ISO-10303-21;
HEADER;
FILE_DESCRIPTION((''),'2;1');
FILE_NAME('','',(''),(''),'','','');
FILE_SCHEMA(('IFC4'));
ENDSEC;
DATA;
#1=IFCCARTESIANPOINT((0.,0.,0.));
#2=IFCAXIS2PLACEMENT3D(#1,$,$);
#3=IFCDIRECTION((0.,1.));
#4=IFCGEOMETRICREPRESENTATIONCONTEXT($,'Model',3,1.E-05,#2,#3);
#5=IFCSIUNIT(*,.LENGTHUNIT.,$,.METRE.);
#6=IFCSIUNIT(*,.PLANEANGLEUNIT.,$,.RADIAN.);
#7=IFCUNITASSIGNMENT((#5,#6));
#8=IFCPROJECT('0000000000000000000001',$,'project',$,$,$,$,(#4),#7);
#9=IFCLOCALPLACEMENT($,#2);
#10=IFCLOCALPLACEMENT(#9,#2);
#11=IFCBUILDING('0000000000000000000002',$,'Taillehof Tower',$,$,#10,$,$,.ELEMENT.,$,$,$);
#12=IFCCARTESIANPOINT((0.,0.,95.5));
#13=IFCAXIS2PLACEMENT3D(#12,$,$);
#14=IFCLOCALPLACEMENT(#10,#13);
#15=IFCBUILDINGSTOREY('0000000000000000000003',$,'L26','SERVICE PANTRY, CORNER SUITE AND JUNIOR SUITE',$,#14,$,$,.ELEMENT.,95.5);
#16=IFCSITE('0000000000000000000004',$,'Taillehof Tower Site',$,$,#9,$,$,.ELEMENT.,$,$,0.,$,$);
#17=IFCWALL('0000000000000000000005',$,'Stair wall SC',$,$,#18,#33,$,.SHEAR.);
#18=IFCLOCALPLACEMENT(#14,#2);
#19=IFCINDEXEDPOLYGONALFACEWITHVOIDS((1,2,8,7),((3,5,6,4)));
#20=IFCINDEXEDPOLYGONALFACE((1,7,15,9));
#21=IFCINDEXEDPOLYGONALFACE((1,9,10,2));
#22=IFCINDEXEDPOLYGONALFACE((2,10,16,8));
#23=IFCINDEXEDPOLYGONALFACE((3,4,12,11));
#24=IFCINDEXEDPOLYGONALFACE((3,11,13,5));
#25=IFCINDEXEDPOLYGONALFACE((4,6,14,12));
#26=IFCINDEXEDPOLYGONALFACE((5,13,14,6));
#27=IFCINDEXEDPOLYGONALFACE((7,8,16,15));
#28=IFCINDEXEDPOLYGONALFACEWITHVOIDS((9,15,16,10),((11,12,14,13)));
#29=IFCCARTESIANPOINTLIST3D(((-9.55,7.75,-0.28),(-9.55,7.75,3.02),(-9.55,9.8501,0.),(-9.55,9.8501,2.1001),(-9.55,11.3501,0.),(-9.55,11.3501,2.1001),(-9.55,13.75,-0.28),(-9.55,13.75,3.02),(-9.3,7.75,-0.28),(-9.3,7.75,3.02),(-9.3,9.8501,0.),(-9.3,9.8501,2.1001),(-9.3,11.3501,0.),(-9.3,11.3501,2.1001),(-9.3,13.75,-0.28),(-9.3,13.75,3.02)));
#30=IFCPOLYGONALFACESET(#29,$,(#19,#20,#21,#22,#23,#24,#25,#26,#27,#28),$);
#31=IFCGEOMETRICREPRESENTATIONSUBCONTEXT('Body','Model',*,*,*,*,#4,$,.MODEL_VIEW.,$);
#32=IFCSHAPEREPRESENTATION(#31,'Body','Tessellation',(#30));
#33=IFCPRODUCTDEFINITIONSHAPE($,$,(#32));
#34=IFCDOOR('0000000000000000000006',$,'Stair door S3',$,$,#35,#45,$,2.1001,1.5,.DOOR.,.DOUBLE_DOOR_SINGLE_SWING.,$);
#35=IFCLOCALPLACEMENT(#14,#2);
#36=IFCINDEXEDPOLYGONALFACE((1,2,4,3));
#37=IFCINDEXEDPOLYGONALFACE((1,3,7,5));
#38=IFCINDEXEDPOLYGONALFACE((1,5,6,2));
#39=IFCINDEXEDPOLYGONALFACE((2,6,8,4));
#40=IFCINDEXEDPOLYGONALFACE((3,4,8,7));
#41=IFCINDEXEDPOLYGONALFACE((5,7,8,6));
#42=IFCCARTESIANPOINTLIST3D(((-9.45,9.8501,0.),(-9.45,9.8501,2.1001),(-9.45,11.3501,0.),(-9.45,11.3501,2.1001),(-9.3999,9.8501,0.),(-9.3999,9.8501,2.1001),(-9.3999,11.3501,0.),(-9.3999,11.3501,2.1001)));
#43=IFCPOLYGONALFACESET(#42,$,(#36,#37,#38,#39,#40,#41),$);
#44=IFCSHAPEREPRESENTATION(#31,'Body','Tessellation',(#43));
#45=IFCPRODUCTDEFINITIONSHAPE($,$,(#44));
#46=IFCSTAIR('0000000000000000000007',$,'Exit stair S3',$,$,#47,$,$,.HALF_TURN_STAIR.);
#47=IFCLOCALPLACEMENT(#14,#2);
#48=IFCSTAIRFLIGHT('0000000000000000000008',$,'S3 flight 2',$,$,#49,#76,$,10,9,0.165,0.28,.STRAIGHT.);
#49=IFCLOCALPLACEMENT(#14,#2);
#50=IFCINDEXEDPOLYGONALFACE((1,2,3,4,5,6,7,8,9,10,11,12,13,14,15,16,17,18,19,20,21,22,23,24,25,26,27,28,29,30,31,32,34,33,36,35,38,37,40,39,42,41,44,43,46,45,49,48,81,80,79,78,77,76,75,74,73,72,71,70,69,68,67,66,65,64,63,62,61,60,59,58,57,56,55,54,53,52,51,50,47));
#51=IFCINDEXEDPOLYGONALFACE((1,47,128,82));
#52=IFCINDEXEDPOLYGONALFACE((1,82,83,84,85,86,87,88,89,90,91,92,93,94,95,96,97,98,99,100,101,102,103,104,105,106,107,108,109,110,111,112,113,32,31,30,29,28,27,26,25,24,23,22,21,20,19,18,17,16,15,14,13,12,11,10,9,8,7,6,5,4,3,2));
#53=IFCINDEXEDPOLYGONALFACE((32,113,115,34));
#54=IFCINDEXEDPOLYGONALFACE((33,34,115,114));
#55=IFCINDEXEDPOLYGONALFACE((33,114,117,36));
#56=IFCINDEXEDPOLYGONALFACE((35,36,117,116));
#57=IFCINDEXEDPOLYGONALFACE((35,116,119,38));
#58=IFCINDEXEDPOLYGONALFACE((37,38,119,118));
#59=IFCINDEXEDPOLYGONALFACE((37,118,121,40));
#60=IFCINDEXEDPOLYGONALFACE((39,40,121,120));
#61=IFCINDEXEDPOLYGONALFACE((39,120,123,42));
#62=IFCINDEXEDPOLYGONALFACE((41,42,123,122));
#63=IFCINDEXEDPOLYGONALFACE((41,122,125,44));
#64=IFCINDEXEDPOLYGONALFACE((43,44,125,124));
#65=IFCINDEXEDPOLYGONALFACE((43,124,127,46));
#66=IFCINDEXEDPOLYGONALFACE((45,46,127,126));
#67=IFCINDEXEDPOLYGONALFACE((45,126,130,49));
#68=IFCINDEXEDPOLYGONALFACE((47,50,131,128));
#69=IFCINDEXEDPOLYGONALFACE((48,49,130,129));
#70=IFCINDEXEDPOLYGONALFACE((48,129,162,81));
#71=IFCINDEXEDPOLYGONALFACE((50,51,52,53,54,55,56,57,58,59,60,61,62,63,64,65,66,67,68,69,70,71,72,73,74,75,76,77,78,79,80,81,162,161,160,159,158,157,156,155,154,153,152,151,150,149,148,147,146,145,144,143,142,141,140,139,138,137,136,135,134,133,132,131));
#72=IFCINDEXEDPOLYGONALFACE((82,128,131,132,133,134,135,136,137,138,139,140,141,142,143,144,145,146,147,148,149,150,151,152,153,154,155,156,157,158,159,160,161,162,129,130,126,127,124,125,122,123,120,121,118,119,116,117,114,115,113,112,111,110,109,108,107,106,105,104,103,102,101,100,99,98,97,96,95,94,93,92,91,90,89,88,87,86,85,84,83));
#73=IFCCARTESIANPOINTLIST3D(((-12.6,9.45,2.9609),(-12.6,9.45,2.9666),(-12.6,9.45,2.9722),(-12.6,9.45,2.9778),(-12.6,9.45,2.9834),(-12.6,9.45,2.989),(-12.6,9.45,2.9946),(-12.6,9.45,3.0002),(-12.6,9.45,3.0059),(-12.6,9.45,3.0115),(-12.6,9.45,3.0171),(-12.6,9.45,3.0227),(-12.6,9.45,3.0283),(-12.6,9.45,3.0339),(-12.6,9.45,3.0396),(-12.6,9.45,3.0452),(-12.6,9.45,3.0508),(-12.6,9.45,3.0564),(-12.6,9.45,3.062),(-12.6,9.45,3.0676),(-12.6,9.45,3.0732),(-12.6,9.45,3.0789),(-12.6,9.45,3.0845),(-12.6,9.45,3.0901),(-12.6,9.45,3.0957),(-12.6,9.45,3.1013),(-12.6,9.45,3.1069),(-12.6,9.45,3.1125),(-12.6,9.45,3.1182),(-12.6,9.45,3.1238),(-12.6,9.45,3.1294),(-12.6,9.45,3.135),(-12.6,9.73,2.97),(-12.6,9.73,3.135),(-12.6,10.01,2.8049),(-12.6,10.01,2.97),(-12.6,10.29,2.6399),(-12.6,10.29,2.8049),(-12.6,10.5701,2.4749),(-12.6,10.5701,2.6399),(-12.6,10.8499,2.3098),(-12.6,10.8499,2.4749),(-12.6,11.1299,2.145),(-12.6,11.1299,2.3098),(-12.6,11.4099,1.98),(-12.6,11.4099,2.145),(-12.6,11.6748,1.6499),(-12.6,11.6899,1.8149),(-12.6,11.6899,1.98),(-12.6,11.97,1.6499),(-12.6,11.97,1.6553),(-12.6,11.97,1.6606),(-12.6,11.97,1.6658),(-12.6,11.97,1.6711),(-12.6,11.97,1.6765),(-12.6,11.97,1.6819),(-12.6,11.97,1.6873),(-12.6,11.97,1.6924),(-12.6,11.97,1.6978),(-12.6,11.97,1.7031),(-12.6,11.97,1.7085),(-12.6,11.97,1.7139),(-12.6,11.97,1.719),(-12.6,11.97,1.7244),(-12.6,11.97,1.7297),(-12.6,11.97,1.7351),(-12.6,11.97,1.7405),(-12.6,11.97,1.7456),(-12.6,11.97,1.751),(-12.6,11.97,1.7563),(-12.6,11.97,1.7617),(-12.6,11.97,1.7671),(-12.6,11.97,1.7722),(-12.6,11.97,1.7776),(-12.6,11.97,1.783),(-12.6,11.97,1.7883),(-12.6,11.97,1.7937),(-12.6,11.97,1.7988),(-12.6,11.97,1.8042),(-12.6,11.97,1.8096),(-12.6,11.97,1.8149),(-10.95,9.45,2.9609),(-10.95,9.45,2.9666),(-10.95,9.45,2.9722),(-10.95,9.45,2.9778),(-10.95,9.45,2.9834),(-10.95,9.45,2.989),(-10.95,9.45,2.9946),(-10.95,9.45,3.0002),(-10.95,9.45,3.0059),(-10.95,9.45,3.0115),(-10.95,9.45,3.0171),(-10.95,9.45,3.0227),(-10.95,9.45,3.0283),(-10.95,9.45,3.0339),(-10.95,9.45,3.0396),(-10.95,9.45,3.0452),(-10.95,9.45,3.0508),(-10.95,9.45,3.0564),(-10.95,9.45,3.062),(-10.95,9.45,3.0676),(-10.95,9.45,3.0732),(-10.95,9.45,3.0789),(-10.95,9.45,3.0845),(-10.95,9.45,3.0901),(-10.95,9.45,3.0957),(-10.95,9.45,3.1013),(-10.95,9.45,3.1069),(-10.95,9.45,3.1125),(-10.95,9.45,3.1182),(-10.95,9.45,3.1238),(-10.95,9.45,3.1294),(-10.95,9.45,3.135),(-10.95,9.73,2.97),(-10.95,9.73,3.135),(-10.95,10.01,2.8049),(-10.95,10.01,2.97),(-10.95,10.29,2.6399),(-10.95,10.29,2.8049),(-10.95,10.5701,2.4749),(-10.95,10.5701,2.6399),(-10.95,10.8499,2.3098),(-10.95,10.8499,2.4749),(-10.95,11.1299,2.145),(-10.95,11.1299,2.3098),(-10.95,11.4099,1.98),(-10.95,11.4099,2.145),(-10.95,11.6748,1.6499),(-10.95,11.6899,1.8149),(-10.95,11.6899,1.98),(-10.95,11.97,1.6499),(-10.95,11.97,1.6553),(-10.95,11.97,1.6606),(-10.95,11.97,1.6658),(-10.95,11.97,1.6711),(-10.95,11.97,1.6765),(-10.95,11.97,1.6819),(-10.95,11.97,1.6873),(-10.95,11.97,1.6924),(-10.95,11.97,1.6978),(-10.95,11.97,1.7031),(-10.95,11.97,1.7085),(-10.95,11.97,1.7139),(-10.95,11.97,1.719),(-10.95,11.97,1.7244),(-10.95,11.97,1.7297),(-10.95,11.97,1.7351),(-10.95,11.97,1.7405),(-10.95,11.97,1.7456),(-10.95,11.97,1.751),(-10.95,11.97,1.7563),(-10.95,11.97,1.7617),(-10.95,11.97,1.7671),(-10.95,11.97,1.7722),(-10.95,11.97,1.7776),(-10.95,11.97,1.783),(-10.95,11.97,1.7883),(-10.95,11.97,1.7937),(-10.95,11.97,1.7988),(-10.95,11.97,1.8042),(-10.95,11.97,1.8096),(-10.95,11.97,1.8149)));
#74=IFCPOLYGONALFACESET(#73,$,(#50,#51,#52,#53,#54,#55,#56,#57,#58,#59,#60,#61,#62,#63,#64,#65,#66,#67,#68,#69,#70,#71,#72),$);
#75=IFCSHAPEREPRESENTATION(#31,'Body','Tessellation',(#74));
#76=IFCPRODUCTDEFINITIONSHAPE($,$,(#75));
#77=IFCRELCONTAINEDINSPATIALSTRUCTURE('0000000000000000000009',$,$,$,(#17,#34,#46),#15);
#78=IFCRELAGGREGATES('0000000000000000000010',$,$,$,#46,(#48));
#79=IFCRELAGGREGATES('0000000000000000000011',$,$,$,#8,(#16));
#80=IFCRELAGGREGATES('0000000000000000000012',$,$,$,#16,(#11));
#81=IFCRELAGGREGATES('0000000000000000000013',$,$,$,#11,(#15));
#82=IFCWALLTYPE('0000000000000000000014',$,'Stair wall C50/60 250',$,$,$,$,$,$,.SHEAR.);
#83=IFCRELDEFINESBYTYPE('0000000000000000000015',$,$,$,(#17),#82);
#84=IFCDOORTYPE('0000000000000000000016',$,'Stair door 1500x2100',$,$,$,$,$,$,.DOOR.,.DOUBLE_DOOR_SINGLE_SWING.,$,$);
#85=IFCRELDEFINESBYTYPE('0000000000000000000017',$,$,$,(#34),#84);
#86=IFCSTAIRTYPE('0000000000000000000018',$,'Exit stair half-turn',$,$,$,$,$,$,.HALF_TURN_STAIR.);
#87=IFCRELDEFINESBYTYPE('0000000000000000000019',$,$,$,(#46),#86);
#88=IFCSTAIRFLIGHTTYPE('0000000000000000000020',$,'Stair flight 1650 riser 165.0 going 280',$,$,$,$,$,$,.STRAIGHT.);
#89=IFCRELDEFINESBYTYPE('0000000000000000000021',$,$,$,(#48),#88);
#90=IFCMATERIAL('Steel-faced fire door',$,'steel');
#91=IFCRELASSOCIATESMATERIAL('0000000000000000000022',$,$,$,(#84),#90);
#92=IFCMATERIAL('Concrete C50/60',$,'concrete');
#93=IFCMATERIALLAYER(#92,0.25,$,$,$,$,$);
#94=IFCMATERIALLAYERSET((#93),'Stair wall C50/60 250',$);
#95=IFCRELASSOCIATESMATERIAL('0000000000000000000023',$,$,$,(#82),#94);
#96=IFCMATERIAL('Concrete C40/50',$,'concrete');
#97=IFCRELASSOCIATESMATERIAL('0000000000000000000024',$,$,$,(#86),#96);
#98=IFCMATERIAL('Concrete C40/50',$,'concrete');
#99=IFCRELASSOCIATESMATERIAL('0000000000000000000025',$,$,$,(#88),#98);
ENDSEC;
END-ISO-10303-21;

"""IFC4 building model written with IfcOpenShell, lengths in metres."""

from ifc_helpers import new_model, si_unit, direction, frame, frame_2d, origin, place, context, subcontext, project, spatial, polyline, rectangle, outline, extrude, material, layer, layer_set, type_object, element, fill, aggregate, save


model = new_model("IFC4")

# Units and contexts
model_context = context("Model", 3, precision=1e-05, world=origin(), true_north=direction((0.0, 1.0)))
body_context = subcontext(model_context, "Body", "Model", "MODEL_VIEW")
ifc_project = project(units=[si_unit("LENGTHUNIT", "METRE"), si_unit("PLANEANGLEUNIT", "RADIAN")], contexts=[model_context])

# Site, building, storey
site_placement = place(None, origin())
site = spatial("IfcSite", under=ifc_project, at=site_placement, Name="Taillehof Tower Site", CompositionType="ELEMENT", RefElevation=0.0)
building_placement = place(site_placement, origin())
building = spatial("IfcBuilding", under=site, at=building_placement, Name="Taillehof Tower", CompositionType="ELEMENT")
storey_placement = place(building_placement, frame((0.0, 0.0, 95.5)))
storey = spatial("IfcBuildingStorey", under=building, at=storey_placement, Name="L26", Description="SERVICE PANTRY, CORNER SUITE AND JUNIOR SUITE", CompositionType="ELEMENT", Elevation=95.5)

# Wall, opening, door
ifc_material_1 = material(Name="Steel-faced fire door", Category="steel")
door_type_1 = type_object("IfcDoorType", Name="Stair door 1500x2100", OperationType="DOUBLE_DOOR_SINGLE_SWING", PredefinedType="DOOR", material=ifc_material_1)
ifc_material_2 = material(Name="Concrete C50/60", Category="concrete")
ifc_layer_1 = layer(ifc_material_2, 0.25)
ifc_layer_set_1 = layer_set([ifc_layer_1], Name="Stair wall C50/60 250")
wall_type_1 = type_object("IfcWallType", Name="Stair wall C50/60 250", PredefinedType="SHEAR", material=ifc_layer_set_1)
wall_1_placement = place(storey_placement, frame((-9.425, 7.75, -0.28), z_axis=(0.0, 0.0, 1.0), x_axis=(0.0, 1.0, 0.0)))
wall_1 = element("IfcWall", 1, at=wall_1_placement, inside=storey, type_object=wall_type_1, Name="Stair wall SC", PredefinedType="SHEAR", context=body_context, shape_type="SweptSolid", body=[
    extrude(rectangle(XDim=6.0, YDim=0.25, at=frame_2d((3.0, 0.0))), origin(), (0.0, 0.0, 1.0), 3.3),
])
opening_1_placement = place(wall_1_placement, frame((2.1001, 0.0, 0.28)))
opening_1 = element("IfcOpeningElement", 2, at=opening_1_placement, cuts=wall_1, PredefinedType="OPENING", context=body_context, shape_type="SweptSolid", body=[
    extrude(rectangle(XDim=1.5, YDim=2.1001, at=frame_2d((0.75, 1.05))), frame((0.0, 0.135, 0.0), z_axis=(0.0, -1.0, 0.0), x_axis=(1.0, 0.0, 0.0)), (0.0, 0.0, 1.0), 0.27),
])
door_1_placement = place(opening_1_placement, origin())
door_1 = element("IfcDoor", 3, at=door_1_placement, inside=storey, type_object=door_type_1, Name="Stair door S3", OperationType="DOUBLE_DOOR_SINGLE_SWING", OverallHeight=2.1001, OverallWidth=1.5, PredefinedType="DOOR", context=body_context, shape_type="SweptSolid", body=[
    extrude(rectangle(XDim=1.5, YDim=2.1001, at=frame_2d((0.75, 1.05))), frame((0.0, 0.0249, 0.0), z_axis=(0.0, -1.0, 0.0), x_axis=(1.0, 0.0, 0.0)), (0.0, 0.0, 1.0), 0.05),
])
fill(opening_1, door_1)

# Stair, stair flight
ifc_material_3 = material(Name="Concrete C40/50", Category="concrete")
stair_type = type_object("IfcStairType", Name="Exit stair half-turn", PredefinedType="HALF_TURN_STAIR", material=ifc_material_3)
stair_placement = place(storey_placement, origin())
stair = element("IfcStair", 4, at=stair_placement, inside=storey, type_object=stair_type, Name="Exit stair S3", PredefinedType="HALF_TURN_STAIR")
ifc_material_4 = material(Name="Concrete C40/50", Category="concrete")
stair_flight_type = type_object("IfcStairFlightType", Name="Stair flight 1650 riser 165.0 going 280", PredefinedType="STRAIGHT", material=ifc_material_4)
stair_flight_placement = place(storey_placement, frame((-11.7749, 11.97, 1.6499), z_axis=(0.0, 0.0, 1.0), x_axis=(0.0, -1.0, 0.0)))
stair_flight = element("IfcStairFlight", 5, at=stair_flight_placement, type_object=stair_flight_type, Name="S3 flight 2", NumberOfRisers=10, NumberOfTreads=9, PredefinedType="STRAIGHT", RiserHeight=0.165, TreadLength=0.28, context=body_context, shape_type="SweptSolid", body=[
    extrude(outline(polyline([(0.0, 0.0), (0.0, 0.0054), (0.0, 0.0107), (0.0, 0.0159), (0.0, 0.0212), (0.0, 0.0266), (0.0, 0.032), (0.0, 0.0374), (0.0, 0.0425), (0.0, 0.0479), (0.0, 0.0532), (0.0, 0.0586), (0.0, 0.064), (0.0, 0.0691), (0.0, 0.0745), (0.0, 0.0798), (0.0, 0.0852), (0.0, 0.0906), (0.0, 0.0957), (0.0, 0.1011), (0.0, 0.1064), (0.0, 0.1118), (0.0, 0.1172), (0.0, 0.1223), (0.0, 0.1277), (0.0, 0.1331), (0.0, 0.1384), (0.0, 0.1438), (0.0, 0.1489), (0.0, 0.1543), (0.0, 0.1597), (0.0, 0.165), (0.28, 0.165), (0.28, 0.3301), (0.5601, 0.3301), (0.5601, 0.4951), (0.8401, 0.4951), (0.8401, 0.6599), (1.1201, 0.6599), (1.1201, 0.825), (1.3999, 0.825), (1.3999, 0.99), (1.6799, 0.99), (1.6799, 1.155), (1.96, 1.155), (1.96, 1.3201), (2.24, 1.3201), (2.24, 1.4851), (2.52, 1.4851), (2.52, 1.4795), (2.52, 1.4739), (2.52, 1.4683), (2.52, 1.4626), (2.52, 1.457), (2.52, 1.4514), (2.52, 1.4458), (2.52, 1.4402), (2.52, 1.4346), (2.52, 1.429), (2.52, 1.4233), (2.52, 1.4177), (2.52, 1.4121), (2.52, 1.4065), (2.52, 1.4009), (2.52, 1.3953), (2.52, 1.3896), (2.52, 1.384), (2.52, 1.3784), (2.52, 1.3728), (2.52, 1.3672), (2.52, 1.3616), (2.52, 1.356), (2.52, 1.3503), (2.52, 1.3447), (2.52, 1.3391), (2.52, 1.3335), (2.52, 1.3279), (2.52, 1.3223), (2.52, 1.3167), (2.52, 1.311), (0.2952, 0.0), (0.0, 0.0)])), frame((0.0, 0.825, 0.0), z_axis=(0.0, -1.0, 0.0), x_axis=(1.0, 0.0, 0.0)), (0.0, 0.0, 1.0), 1.65),
])
aggregate(stair, [stair_flight])

save(model, "model.ifc")
